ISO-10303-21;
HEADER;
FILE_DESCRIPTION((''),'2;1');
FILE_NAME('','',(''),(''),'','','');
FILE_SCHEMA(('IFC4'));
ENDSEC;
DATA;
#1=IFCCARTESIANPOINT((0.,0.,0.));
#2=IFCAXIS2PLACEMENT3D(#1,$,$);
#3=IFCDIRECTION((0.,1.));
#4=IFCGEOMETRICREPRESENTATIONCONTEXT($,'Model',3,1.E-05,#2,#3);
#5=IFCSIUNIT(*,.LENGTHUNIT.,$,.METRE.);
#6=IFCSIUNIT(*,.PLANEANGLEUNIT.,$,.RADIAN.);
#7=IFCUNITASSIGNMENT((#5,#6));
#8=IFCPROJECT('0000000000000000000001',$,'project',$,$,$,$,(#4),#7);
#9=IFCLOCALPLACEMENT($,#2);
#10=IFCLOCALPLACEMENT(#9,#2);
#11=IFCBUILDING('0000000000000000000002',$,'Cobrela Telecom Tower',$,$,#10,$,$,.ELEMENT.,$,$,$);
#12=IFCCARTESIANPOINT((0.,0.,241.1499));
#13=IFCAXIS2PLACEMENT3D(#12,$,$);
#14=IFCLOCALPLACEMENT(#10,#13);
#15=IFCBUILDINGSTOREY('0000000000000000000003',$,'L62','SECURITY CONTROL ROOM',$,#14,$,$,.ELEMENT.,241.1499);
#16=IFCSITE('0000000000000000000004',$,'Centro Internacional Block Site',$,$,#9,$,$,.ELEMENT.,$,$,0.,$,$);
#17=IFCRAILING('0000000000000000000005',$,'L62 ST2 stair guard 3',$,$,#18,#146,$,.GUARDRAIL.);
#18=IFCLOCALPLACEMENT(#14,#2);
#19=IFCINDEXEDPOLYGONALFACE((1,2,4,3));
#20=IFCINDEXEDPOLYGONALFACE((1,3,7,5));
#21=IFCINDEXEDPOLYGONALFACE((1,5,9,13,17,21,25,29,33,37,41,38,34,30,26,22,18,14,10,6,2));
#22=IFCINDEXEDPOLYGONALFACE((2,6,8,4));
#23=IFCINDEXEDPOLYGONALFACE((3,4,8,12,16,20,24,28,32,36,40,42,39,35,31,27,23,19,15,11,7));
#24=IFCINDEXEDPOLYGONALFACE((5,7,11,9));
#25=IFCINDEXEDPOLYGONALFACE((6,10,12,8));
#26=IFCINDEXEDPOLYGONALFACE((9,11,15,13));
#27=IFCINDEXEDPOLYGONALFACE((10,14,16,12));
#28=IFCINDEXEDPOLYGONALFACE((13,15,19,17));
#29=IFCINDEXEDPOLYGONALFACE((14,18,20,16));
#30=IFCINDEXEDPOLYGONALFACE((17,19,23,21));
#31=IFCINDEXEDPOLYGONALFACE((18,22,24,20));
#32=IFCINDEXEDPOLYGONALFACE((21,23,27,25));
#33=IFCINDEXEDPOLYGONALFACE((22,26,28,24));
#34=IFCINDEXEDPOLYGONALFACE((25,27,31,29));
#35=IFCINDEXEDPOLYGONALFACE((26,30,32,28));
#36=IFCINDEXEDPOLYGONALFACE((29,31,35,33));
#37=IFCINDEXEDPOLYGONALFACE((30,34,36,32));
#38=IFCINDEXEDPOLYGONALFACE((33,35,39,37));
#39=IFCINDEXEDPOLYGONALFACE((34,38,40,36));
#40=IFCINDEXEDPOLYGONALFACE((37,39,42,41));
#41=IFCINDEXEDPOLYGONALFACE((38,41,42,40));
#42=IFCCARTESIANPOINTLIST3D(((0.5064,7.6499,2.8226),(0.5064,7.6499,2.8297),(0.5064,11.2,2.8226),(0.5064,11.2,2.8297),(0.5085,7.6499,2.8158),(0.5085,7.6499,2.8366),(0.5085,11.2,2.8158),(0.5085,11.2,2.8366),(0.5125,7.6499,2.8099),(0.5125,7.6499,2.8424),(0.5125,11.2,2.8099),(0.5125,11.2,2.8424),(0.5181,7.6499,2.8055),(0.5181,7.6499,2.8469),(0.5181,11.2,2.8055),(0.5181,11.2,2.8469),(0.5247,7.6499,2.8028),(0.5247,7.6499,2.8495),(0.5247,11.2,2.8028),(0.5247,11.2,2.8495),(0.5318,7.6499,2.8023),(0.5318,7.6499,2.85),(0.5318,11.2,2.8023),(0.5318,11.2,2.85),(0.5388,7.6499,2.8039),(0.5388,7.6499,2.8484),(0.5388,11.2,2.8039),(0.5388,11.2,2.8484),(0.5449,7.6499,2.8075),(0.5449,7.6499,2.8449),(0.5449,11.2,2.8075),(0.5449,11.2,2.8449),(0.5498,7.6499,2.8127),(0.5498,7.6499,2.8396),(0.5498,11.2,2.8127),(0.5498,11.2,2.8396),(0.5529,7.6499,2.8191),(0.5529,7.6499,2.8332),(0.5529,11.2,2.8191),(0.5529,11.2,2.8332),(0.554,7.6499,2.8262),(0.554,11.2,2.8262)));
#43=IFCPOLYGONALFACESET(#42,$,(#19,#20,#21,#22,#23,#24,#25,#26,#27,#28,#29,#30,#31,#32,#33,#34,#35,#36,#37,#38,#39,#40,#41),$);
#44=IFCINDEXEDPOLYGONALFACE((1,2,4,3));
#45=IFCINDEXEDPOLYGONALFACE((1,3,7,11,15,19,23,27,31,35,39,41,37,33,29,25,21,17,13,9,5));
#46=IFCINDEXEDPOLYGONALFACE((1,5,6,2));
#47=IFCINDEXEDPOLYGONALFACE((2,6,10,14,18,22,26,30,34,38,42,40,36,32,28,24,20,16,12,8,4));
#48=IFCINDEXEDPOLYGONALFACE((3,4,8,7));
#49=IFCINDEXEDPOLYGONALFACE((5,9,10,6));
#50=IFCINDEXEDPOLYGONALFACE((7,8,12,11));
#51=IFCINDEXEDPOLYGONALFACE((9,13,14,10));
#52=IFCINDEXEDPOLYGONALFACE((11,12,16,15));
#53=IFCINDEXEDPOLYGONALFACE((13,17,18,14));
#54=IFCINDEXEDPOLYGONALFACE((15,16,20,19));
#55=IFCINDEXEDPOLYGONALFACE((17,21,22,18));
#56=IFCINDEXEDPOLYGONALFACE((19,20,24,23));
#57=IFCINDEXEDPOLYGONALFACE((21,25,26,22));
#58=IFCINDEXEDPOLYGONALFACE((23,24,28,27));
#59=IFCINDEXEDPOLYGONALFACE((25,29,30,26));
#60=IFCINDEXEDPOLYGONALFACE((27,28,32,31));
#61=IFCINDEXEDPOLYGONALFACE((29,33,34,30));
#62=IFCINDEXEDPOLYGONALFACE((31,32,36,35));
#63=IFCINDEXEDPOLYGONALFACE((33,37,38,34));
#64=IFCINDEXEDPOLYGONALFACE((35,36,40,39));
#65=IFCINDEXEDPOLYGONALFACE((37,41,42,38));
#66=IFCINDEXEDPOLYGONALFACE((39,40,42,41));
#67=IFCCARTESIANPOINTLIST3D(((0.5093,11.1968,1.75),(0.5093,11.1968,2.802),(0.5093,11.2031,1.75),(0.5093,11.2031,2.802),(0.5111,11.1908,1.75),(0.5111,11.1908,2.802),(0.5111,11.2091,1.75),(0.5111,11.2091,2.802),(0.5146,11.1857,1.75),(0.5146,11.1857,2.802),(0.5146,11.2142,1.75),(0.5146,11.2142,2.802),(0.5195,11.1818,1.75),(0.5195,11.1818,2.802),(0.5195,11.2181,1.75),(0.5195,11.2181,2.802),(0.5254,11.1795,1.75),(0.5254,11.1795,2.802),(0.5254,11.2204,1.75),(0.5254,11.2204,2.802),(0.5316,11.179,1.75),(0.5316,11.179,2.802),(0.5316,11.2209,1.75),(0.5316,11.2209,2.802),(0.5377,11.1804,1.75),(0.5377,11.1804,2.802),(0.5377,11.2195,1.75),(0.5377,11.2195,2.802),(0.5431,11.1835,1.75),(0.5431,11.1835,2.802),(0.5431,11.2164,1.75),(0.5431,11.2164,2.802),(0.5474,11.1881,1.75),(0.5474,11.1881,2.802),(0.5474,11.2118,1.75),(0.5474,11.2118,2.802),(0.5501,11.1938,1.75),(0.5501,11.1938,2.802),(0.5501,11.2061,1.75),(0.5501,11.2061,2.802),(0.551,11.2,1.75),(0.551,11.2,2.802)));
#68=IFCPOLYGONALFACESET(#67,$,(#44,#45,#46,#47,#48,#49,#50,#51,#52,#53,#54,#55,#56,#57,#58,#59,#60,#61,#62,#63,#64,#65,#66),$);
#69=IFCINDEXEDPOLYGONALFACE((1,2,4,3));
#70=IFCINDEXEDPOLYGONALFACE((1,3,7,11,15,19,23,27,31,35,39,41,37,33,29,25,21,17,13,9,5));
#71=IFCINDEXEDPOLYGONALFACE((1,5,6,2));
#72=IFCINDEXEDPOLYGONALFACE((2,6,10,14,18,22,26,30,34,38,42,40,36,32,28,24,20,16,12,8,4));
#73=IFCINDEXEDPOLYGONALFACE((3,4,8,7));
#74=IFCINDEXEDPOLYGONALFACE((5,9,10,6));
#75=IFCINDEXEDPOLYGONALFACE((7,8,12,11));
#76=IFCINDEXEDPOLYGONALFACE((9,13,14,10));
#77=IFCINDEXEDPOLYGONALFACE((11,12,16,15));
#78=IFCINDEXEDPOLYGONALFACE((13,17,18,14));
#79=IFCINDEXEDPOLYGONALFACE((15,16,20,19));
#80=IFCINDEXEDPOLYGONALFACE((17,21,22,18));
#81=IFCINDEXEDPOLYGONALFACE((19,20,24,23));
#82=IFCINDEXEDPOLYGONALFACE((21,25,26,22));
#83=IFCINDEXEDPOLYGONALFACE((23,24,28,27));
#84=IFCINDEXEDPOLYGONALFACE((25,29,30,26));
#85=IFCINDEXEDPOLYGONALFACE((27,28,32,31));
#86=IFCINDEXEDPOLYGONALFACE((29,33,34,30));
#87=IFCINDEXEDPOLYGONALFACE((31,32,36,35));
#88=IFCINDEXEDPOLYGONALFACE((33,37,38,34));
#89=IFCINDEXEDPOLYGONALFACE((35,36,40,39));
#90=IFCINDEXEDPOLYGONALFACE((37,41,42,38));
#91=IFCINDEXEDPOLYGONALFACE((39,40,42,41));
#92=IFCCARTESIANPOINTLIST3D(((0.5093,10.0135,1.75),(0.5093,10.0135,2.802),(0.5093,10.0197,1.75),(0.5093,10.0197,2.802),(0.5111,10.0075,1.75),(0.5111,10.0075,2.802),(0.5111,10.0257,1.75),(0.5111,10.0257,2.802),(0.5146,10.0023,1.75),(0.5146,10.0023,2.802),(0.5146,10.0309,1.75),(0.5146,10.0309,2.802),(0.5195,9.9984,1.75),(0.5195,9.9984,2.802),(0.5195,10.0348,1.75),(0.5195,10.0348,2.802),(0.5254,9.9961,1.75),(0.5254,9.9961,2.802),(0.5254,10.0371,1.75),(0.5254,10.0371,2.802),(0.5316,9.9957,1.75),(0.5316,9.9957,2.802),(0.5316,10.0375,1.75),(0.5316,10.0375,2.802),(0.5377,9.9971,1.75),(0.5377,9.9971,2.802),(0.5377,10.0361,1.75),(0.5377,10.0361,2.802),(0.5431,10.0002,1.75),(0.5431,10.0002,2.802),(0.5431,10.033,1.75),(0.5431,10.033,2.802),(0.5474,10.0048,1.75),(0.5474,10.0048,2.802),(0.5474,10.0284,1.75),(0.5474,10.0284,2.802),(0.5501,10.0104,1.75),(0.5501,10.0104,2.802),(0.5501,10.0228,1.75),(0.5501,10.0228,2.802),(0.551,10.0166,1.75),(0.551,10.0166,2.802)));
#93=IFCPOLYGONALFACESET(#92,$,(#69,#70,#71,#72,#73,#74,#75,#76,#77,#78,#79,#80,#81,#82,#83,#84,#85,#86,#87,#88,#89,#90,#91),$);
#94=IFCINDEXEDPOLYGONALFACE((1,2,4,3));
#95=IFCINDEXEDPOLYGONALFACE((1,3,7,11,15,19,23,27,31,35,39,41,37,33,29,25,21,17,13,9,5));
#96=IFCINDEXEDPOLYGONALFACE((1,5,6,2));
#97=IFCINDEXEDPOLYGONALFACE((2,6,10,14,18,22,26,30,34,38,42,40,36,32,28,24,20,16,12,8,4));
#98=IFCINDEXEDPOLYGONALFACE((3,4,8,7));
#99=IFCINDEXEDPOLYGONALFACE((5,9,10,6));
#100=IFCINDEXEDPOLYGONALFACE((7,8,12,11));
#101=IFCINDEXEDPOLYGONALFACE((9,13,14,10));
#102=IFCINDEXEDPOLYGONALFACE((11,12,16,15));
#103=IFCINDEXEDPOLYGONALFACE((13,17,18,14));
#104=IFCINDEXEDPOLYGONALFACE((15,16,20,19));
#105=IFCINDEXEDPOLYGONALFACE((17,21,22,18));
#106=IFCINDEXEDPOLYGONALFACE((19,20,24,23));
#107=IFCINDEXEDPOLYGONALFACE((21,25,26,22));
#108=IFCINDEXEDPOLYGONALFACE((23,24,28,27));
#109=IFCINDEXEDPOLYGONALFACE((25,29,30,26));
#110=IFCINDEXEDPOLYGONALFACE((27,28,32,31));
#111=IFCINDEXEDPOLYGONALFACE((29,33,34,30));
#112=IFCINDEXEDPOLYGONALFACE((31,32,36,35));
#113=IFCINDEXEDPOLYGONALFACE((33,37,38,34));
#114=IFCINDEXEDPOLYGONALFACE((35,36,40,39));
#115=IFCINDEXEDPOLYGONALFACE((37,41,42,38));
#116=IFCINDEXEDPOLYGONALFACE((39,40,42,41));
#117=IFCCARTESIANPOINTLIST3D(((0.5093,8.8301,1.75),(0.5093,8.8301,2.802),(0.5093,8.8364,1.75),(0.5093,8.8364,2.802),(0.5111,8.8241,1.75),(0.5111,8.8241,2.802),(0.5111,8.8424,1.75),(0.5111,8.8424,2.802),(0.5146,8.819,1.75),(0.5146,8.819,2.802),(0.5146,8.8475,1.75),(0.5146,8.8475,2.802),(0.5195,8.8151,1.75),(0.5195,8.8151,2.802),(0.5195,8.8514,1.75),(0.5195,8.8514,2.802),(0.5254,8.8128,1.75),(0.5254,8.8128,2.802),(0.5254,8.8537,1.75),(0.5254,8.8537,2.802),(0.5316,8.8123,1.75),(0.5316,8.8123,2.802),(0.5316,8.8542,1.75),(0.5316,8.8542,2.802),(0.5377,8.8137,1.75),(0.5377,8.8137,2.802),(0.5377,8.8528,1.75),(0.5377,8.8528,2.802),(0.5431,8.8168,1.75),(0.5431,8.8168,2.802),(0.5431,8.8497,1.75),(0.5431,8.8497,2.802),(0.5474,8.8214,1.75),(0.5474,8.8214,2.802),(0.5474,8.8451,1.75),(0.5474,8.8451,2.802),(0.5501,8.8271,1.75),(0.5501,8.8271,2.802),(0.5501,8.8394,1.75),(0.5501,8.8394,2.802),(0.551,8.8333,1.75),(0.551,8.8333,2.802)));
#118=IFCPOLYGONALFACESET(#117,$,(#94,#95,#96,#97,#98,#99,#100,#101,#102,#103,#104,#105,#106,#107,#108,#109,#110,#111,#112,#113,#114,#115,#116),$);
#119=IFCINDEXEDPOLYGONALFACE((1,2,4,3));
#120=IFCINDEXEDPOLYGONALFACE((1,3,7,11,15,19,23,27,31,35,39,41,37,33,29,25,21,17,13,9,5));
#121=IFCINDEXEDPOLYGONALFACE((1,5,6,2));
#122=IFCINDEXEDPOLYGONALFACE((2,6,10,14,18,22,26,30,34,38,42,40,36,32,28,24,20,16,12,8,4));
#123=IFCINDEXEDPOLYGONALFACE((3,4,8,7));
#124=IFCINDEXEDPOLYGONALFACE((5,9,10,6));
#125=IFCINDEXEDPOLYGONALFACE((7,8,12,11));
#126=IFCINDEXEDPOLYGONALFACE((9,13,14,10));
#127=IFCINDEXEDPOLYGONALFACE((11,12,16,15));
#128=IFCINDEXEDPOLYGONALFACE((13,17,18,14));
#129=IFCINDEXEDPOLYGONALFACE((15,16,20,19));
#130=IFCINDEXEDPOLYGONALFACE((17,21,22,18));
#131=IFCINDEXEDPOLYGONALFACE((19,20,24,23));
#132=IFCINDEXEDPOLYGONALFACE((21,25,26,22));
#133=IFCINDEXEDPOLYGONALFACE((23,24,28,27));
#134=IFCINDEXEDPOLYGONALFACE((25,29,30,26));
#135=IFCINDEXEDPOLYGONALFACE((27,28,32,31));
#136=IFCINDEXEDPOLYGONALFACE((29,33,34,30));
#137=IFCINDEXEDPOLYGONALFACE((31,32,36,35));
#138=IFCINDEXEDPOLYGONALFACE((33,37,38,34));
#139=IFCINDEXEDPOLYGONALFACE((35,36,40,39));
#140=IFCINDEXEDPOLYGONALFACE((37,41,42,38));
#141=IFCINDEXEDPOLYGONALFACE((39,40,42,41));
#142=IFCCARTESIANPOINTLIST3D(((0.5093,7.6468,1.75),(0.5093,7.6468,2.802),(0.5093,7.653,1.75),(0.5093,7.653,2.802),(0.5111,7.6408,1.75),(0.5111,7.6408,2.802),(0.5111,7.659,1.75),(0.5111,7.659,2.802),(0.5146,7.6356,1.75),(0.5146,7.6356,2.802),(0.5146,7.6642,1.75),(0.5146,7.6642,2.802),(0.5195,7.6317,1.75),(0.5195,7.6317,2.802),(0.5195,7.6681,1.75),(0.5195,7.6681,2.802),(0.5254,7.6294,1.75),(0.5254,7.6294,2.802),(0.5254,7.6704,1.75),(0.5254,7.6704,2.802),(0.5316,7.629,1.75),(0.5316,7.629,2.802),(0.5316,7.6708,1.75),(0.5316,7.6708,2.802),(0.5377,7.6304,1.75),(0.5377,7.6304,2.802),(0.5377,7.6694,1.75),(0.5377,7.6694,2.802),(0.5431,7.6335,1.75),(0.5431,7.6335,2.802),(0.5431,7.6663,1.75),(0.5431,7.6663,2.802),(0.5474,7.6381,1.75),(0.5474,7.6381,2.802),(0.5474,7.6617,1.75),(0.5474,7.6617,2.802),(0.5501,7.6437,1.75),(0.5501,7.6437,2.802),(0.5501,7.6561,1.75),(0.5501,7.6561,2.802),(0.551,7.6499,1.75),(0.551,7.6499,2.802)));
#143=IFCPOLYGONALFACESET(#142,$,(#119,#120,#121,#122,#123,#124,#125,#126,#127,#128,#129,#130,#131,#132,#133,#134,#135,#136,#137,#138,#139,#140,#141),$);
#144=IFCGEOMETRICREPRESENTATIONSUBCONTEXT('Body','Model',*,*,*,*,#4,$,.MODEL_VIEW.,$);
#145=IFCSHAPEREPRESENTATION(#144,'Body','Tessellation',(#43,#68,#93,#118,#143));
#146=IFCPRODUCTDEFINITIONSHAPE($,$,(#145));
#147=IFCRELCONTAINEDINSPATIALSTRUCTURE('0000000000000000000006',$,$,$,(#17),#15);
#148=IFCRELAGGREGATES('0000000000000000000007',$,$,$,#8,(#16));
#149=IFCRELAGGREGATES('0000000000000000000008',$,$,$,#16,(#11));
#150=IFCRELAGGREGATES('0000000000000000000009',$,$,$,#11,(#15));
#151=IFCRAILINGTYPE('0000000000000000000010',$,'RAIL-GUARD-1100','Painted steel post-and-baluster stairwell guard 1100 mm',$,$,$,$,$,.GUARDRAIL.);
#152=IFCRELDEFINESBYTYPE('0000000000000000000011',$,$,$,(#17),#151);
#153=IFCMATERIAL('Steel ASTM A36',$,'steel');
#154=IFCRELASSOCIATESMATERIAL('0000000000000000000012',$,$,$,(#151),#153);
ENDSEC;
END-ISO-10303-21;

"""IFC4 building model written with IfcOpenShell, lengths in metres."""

from ifc_helpers import new_model, si_unit, direction, frame, origin, origin_2d, place, context, subcontext, project, spatial, circle, extrude, material, type_object, element, save


model = new_model("IFC4")

# Units and contexts
model_context = context("Model", 3, precision=1e-05, world=origin(), true_north=direction((0.0, 1.0)))
body_context = subcontext(model_context, "Body", "Model", "MODEL_VIEW")
ifc_project = project(units=[si_unit("LENGTHUNIT", "METRE"), si_unit("PLANEANGLEUNIT", "RADIAN")], contexts=[model_context])

# Site, building, storey
site_placement = place(None, origin())
site = spatial("IfcSite", under=ifc_project, at=site_placement, Name="Centro Internacional Block Site", CompositionType="ELEMENT", RefElevation=0.0)
building_placement = place(site_placement, origin())
building = spatial("IfcBuilding", under=site, at=building_placement, Name="Cobrela Telecom Tower", CompositionType="ELEMENT")
storey_placement = place(building_placement, frame((0.0, 0.0, 241.1499)))
storey = spatial("IfcBuildingStorey", under=building, at=storey_placement, Name="L62", Description="SECURITY CONTROL ROOM", CompositionType="ELEMENT", Elevation=241.1499)

# Shared definitions
ifc_material_1 = material(Name="Steel ASTM A36", Category="steel")

# Railing
railing_type_1 = type_object("IfcRailingType", Name="RAIL-GUARD-1100", Description="Painted steel post-and-baluster stairwell guard 1100 mm", PredefinedType="GUARDRAIL", material=ifc_material_1)
railing_1_placement = place(storey_placement, frame((0.53, 11.2, 1.75)))
element("IfcRailing", 1, at=railing_1_placement, inside=storey, type_object=railing_type_1, Name="L62 ST2 stair guard 3", PredefinedType="GUARDRAIL", context=body_context, shape_type="SweptSolid", body=[
    extrude(circle(Radius=0.0239, at=origin_2d()), frame((0.0, 0.0, 1.0762), z_axis=(0.0, -1.0, 0.0), x_axis=(1.0, 0.0, 0.0)), (0.0, 0.0, 1.0), 3.55),
    extrude(circle(Radius=0.021, at=origin_2d()), origin(), (0.0, 0.0, 1.0), 1.052),
    extrude(circle(Radius=0.021, at=origin_2d()), frame((0.0, -1.1833, 0.0)), (0.0, 0.0, 1.0), 1.052),
    extrude(circle(Radius=0.021, at=origin_2d()), frame((0.0, -2.3667, 0.0)), (0.0, 0.0, 1.0), 1.052),
    extrude(circle(Radius=0.021, at=origin_2d()), frame((0.0, -3.55, 0.0)), (0.0, 0.0, 1.0), 1.052),
])

save(model, "model.ifc")
